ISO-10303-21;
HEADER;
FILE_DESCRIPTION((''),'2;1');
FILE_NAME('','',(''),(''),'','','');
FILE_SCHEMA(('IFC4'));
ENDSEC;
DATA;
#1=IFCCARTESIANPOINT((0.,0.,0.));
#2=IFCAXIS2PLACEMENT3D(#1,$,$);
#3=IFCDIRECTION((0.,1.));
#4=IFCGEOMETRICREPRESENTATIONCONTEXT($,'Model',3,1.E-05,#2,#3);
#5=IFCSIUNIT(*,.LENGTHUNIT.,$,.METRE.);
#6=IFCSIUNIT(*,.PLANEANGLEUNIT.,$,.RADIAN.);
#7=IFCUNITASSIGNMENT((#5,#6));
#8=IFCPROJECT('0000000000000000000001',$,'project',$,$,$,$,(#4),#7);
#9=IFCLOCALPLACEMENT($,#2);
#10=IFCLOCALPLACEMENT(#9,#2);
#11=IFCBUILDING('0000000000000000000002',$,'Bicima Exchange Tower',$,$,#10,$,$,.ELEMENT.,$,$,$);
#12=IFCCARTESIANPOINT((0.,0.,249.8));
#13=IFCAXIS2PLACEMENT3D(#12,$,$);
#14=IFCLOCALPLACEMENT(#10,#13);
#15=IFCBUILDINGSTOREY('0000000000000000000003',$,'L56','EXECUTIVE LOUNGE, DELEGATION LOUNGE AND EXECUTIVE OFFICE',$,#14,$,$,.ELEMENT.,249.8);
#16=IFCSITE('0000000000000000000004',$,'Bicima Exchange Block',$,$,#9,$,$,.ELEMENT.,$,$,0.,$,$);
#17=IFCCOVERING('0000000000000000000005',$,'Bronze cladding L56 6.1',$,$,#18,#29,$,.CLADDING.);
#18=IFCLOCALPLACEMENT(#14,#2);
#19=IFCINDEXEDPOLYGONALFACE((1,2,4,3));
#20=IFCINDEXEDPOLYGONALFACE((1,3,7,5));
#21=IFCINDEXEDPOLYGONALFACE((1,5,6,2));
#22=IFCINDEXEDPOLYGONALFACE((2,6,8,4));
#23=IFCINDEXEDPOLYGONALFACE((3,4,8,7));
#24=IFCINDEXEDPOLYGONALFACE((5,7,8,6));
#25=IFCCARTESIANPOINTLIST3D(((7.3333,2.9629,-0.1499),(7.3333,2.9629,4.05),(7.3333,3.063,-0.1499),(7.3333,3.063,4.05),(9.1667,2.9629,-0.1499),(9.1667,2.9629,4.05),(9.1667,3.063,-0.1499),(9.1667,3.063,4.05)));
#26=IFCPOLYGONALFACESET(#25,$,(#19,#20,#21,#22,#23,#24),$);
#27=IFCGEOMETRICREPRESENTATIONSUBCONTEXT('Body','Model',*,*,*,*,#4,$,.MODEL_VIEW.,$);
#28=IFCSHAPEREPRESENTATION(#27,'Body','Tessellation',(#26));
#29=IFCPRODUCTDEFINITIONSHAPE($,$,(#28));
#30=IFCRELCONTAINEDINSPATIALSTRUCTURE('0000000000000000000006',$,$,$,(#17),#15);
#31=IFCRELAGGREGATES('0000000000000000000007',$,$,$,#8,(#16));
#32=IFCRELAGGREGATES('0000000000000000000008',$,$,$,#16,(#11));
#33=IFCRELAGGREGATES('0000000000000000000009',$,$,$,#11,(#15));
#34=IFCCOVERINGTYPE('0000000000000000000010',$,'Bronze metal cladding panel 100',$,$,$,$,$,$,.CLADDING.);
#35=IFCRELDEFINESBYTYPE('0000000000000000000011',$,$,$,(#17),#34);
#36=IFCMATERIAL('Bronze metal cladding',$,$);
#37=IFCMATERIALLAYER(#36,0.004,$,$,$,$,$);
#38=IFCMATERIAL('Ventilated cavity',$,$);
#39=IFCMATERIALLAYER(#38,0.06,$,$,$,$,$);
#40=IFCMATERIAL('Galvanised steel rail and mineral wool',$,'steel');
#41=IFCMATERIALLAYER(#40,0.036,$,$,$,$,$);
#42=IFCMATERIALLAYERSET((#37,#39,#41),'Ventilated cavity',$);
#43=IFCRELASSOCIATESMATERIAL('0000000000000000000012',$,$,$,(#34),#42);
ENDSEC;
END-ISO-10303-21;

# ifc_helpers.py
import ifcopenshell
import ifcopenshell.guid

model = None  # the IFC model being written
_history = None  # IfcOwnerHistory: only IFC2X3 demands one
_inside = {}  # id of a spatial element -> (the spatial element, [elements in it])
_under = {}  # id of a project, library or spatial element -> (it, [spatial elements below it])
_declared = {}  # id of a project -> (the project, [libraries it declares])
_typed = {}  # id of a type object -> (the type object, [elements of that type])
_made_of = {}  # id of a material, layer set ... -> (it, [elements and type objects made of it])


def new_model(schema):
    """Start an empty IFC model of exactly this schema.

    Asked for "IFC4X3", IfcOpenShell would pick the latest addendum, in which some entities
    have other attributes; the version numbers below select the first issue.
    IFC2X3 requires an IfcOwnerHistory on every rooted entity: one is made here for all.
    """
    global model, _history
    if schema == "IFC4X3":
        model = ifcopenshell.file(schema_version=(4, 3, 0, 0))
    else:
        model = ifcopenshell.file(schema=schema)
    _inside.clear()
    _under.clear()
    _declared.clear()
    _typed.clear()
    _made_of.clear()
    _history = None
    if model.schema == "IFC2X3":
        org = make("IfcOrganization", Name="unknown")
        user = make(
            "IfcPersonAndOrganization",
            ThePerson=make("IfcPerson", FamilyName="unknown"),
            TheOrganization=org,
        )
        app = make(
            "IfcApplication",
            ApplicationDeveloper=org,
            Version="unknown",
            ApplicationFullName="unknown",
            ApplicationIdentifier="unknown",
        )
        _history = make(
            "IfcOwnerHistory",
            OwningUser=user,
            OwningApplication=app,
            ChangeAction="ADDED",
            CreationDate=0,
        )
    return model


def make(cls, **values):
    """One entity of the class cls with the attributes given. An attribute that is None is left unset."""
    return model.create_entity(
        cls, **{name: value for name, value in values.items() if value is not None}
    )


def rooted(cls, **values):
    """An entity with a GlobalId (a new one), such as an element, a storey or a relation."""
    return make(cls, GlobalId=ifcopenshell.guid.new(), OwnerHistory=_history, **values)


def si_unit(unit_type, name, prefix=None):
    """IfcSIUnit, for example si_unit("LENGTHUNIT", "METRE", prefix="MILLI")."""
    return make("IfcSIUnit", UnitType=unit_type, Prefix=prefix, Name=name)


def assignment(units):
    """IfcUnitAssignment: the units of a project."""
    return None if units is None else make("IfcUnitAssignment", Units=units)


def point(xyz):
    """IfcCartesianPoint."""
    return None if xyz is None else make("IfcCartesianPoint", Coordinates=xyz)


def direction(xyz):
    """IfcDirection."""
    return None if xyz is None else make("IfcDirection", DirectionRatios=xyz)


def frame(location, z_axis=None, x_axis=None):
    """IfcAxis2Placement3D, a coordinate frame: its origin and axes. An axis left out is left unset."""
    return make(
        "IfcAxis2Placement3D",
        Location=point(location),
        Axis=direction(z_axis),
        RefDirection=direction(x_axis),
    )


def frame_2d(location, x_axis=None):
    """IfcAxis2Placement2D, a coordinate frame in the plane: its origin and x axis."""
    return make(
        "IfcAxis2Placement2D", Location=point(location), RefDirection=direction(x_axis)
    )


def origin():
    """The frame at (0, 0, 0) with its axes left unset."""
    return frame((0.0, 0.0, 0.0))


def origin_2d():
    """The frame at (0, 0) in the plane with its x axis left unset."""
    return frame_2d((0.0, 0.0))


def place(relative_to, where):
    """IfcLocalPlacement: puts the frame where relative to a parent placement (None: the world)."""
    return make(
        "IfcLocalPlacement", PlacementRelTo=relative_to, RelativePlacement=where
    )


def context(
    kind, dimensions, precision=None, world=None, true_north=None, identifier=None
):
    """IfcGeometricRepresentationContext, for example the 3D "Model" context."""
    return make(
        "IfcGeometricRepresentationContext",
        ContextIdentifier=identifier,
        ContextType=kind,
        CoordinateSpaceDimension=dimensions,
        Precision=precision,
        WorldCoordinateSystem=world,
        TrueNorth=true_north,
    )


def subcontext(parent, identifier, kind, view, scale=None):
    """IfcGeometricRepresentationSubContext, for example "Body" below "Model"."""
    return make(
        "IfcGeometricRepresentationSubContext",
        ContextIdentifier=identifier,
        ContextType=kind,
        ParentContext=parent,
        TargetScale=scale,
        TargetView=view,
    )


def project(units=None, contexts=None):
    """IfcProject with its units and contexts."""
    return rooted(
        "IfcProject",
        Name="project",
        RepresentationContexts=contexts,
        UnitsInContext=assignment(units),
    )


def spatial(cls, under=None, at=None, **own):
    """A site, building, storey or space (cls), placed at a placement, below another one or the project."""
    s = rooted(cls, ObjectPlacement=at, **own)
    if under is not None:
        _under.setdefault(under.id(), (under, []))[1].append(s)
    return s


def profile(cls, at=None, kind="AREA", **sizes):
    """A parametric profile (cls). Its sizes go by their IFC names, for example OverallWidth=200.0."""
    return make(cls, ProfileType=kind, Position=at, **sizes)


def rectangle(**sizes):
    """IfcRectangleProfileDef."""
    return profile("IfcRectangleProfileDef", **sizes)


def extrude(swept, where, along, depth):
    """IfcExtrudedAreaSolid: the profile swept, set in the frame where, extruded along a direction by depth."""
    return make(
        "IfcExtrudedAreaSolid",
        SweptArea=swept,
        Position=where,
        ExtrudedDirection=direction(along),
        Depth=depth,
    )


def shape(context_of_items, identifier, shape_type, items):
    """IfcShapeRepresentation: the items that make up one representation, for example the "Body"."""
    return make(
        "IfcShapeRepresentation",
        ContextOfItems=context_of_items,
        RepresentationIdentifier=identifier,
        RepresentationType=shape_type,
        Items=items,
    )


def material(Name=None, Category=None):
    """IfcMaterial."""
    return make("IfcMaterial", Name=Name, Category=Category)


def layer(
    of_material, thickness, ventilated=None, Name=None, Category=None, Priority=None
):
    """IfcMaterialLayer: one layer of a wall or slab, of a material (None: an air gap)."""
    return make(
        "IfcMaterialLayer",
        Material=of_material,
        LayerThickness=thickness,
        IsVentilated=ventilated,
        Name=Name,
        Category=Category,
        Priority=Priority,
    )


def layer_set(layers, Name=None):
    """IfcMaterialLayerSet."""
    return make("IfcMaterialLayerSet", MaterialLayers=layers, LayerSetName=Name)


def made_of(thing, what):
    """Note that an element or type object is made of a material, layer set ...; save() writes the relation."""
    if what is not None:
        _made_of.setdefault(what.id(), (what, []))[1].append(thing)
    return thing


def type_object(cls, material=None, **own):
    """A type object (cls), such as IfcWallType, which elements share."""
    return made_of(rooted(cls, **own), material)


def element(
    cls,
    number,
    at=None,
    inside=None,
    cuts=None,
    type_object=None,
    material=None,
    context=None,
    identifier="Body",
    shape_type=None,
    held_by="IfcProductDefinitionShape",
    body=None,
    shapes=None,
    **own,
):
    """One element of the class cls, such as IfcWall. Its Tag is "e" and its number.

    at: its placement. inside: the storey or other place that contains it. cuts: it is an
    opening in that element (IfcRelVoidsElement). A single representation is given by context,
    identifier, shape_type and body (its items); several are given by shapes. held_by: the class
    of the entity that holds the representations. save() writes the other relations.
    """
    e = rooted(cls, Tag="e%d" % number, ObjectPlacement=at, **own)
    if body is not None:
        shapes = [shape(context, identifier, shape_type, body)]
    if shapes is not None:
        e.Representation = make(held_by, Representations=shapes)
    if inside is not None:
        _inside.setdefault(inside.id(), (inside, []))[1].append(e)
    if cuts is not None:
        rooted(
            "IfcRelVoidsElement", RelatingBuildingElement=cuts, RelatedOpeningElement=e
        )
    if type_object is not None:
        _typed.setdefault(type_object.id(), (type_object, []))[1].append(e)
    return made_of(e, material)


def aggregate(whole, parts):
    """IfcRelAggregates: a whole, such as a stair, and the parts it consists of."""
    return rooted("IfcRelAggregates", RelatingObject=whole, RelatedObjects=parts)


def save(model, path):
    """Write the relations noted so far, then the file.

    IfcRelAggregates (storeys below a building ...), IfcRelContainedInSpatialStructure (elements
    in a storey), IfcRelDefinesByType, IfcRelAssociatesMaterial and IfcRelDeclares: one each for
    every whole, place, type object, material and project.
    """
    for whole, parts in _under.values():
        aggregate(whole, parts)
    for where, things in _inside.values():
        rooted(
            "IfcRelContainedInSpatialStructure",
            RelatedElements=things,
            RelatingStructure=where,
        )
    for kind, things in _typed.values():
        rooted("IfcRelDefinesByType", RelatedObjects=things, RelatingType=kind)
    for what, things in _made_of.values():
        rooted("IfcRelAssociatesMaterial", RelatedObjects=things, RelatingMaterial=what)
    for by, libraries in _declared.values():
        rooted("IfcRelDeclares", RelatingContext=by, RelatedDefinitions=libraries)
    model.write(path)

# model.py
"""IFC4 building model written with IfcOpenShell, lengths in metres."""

from ifc_helpers import new_model, si_unit, direction, frame, origin, origin_2d, place, context, subcontext, project, spatial, rectangle, extrude, material, layer, layer_set, type_object, element, save


model = new_model("IFC4")

# Units and contexts
model_context = context("Model", 3, precision=1e-05, world=origin(), true_north=direction((0.0, 1.0)))
body_context = subcontext(model_context, "Body", "Model", "MODEL_VIEW")
ifc_project = project(units=[si_unit("LENGTHUNIT", "METRE"), si_unit("PLANEANGLEUNIT", "RADIAN")], contexts=[model_context])

# Site, building, storey
site_placement = place(None, origin())
site = spatial("IfcSite", under=ifc_project, at=site_placement, Name="Bicima Exchange Block", CompositionType="ELEMENT", RefElevation=0.0)
building_placement = place(site_placement, origin())
building = spatial("IfcBuilding", under=site, at=building_placement, Name="Bicima Exchange Tower", CompositionType="ELEMENT")
storey_placement = place(building_placement, frame((0.0, 0.0, 249.8)))
storey = spatial("IfcBuildingStorey", under=building, at=storey_placement, Name="L56", Description="EXECUTIVE LOUNGE, DELEGATION LOUNGE AND EXECUTIVE OFFICE", CompositionType="ELEMENT", Elevation=249.8)

# Covering
ifc_material_1 = material(Name="Bronze metal cladding")
ifc_layer_1 = layer(ifc_material_1, 0.004)
ifc_material_2 = material(Name="Ventilated cavity")
ifc_layer_2 = layer(ifc_material_2, 0.06)
ifc_material_3 = material(Name="Galvanised steel rail and mineral wool", Category="steel")
ifc_layer_3 = layer(ifc_material_3, 0.036)
ifc_layer_set_1 = layer_set([ifc_layer_1, ifc_layer_2, ifc_layer_3], Name="Ventilated cavity")
covering_type = type_object("IfcCoveringType", Name="Bronze metal cladding panel 100", PredefinedType="CLADDING", material=ifc_layer_set_1)
covering_1_placement = place(storey_placement, frame((8.25, 3.0129, -0.1499), z_axis=(0.0, 0.0, 1.0), x_axis=(-1.0, 0.0, 0.0)))
element("IfcCovering", 1, at=covering_1_placement, inside=storey, type_object=covering_type, Name="Bronze cladding L56 6.1", PredefinedType="CLADDING", context=body_context, shape_type="SweptSolid", body=[
    extrude(rectangle(XDim=1.8335, YDim=0.1001, at=origin_2d()), origin(), (0.0, 0.0, 1.0), 4.2),
])

save(model, "model.ifc")
